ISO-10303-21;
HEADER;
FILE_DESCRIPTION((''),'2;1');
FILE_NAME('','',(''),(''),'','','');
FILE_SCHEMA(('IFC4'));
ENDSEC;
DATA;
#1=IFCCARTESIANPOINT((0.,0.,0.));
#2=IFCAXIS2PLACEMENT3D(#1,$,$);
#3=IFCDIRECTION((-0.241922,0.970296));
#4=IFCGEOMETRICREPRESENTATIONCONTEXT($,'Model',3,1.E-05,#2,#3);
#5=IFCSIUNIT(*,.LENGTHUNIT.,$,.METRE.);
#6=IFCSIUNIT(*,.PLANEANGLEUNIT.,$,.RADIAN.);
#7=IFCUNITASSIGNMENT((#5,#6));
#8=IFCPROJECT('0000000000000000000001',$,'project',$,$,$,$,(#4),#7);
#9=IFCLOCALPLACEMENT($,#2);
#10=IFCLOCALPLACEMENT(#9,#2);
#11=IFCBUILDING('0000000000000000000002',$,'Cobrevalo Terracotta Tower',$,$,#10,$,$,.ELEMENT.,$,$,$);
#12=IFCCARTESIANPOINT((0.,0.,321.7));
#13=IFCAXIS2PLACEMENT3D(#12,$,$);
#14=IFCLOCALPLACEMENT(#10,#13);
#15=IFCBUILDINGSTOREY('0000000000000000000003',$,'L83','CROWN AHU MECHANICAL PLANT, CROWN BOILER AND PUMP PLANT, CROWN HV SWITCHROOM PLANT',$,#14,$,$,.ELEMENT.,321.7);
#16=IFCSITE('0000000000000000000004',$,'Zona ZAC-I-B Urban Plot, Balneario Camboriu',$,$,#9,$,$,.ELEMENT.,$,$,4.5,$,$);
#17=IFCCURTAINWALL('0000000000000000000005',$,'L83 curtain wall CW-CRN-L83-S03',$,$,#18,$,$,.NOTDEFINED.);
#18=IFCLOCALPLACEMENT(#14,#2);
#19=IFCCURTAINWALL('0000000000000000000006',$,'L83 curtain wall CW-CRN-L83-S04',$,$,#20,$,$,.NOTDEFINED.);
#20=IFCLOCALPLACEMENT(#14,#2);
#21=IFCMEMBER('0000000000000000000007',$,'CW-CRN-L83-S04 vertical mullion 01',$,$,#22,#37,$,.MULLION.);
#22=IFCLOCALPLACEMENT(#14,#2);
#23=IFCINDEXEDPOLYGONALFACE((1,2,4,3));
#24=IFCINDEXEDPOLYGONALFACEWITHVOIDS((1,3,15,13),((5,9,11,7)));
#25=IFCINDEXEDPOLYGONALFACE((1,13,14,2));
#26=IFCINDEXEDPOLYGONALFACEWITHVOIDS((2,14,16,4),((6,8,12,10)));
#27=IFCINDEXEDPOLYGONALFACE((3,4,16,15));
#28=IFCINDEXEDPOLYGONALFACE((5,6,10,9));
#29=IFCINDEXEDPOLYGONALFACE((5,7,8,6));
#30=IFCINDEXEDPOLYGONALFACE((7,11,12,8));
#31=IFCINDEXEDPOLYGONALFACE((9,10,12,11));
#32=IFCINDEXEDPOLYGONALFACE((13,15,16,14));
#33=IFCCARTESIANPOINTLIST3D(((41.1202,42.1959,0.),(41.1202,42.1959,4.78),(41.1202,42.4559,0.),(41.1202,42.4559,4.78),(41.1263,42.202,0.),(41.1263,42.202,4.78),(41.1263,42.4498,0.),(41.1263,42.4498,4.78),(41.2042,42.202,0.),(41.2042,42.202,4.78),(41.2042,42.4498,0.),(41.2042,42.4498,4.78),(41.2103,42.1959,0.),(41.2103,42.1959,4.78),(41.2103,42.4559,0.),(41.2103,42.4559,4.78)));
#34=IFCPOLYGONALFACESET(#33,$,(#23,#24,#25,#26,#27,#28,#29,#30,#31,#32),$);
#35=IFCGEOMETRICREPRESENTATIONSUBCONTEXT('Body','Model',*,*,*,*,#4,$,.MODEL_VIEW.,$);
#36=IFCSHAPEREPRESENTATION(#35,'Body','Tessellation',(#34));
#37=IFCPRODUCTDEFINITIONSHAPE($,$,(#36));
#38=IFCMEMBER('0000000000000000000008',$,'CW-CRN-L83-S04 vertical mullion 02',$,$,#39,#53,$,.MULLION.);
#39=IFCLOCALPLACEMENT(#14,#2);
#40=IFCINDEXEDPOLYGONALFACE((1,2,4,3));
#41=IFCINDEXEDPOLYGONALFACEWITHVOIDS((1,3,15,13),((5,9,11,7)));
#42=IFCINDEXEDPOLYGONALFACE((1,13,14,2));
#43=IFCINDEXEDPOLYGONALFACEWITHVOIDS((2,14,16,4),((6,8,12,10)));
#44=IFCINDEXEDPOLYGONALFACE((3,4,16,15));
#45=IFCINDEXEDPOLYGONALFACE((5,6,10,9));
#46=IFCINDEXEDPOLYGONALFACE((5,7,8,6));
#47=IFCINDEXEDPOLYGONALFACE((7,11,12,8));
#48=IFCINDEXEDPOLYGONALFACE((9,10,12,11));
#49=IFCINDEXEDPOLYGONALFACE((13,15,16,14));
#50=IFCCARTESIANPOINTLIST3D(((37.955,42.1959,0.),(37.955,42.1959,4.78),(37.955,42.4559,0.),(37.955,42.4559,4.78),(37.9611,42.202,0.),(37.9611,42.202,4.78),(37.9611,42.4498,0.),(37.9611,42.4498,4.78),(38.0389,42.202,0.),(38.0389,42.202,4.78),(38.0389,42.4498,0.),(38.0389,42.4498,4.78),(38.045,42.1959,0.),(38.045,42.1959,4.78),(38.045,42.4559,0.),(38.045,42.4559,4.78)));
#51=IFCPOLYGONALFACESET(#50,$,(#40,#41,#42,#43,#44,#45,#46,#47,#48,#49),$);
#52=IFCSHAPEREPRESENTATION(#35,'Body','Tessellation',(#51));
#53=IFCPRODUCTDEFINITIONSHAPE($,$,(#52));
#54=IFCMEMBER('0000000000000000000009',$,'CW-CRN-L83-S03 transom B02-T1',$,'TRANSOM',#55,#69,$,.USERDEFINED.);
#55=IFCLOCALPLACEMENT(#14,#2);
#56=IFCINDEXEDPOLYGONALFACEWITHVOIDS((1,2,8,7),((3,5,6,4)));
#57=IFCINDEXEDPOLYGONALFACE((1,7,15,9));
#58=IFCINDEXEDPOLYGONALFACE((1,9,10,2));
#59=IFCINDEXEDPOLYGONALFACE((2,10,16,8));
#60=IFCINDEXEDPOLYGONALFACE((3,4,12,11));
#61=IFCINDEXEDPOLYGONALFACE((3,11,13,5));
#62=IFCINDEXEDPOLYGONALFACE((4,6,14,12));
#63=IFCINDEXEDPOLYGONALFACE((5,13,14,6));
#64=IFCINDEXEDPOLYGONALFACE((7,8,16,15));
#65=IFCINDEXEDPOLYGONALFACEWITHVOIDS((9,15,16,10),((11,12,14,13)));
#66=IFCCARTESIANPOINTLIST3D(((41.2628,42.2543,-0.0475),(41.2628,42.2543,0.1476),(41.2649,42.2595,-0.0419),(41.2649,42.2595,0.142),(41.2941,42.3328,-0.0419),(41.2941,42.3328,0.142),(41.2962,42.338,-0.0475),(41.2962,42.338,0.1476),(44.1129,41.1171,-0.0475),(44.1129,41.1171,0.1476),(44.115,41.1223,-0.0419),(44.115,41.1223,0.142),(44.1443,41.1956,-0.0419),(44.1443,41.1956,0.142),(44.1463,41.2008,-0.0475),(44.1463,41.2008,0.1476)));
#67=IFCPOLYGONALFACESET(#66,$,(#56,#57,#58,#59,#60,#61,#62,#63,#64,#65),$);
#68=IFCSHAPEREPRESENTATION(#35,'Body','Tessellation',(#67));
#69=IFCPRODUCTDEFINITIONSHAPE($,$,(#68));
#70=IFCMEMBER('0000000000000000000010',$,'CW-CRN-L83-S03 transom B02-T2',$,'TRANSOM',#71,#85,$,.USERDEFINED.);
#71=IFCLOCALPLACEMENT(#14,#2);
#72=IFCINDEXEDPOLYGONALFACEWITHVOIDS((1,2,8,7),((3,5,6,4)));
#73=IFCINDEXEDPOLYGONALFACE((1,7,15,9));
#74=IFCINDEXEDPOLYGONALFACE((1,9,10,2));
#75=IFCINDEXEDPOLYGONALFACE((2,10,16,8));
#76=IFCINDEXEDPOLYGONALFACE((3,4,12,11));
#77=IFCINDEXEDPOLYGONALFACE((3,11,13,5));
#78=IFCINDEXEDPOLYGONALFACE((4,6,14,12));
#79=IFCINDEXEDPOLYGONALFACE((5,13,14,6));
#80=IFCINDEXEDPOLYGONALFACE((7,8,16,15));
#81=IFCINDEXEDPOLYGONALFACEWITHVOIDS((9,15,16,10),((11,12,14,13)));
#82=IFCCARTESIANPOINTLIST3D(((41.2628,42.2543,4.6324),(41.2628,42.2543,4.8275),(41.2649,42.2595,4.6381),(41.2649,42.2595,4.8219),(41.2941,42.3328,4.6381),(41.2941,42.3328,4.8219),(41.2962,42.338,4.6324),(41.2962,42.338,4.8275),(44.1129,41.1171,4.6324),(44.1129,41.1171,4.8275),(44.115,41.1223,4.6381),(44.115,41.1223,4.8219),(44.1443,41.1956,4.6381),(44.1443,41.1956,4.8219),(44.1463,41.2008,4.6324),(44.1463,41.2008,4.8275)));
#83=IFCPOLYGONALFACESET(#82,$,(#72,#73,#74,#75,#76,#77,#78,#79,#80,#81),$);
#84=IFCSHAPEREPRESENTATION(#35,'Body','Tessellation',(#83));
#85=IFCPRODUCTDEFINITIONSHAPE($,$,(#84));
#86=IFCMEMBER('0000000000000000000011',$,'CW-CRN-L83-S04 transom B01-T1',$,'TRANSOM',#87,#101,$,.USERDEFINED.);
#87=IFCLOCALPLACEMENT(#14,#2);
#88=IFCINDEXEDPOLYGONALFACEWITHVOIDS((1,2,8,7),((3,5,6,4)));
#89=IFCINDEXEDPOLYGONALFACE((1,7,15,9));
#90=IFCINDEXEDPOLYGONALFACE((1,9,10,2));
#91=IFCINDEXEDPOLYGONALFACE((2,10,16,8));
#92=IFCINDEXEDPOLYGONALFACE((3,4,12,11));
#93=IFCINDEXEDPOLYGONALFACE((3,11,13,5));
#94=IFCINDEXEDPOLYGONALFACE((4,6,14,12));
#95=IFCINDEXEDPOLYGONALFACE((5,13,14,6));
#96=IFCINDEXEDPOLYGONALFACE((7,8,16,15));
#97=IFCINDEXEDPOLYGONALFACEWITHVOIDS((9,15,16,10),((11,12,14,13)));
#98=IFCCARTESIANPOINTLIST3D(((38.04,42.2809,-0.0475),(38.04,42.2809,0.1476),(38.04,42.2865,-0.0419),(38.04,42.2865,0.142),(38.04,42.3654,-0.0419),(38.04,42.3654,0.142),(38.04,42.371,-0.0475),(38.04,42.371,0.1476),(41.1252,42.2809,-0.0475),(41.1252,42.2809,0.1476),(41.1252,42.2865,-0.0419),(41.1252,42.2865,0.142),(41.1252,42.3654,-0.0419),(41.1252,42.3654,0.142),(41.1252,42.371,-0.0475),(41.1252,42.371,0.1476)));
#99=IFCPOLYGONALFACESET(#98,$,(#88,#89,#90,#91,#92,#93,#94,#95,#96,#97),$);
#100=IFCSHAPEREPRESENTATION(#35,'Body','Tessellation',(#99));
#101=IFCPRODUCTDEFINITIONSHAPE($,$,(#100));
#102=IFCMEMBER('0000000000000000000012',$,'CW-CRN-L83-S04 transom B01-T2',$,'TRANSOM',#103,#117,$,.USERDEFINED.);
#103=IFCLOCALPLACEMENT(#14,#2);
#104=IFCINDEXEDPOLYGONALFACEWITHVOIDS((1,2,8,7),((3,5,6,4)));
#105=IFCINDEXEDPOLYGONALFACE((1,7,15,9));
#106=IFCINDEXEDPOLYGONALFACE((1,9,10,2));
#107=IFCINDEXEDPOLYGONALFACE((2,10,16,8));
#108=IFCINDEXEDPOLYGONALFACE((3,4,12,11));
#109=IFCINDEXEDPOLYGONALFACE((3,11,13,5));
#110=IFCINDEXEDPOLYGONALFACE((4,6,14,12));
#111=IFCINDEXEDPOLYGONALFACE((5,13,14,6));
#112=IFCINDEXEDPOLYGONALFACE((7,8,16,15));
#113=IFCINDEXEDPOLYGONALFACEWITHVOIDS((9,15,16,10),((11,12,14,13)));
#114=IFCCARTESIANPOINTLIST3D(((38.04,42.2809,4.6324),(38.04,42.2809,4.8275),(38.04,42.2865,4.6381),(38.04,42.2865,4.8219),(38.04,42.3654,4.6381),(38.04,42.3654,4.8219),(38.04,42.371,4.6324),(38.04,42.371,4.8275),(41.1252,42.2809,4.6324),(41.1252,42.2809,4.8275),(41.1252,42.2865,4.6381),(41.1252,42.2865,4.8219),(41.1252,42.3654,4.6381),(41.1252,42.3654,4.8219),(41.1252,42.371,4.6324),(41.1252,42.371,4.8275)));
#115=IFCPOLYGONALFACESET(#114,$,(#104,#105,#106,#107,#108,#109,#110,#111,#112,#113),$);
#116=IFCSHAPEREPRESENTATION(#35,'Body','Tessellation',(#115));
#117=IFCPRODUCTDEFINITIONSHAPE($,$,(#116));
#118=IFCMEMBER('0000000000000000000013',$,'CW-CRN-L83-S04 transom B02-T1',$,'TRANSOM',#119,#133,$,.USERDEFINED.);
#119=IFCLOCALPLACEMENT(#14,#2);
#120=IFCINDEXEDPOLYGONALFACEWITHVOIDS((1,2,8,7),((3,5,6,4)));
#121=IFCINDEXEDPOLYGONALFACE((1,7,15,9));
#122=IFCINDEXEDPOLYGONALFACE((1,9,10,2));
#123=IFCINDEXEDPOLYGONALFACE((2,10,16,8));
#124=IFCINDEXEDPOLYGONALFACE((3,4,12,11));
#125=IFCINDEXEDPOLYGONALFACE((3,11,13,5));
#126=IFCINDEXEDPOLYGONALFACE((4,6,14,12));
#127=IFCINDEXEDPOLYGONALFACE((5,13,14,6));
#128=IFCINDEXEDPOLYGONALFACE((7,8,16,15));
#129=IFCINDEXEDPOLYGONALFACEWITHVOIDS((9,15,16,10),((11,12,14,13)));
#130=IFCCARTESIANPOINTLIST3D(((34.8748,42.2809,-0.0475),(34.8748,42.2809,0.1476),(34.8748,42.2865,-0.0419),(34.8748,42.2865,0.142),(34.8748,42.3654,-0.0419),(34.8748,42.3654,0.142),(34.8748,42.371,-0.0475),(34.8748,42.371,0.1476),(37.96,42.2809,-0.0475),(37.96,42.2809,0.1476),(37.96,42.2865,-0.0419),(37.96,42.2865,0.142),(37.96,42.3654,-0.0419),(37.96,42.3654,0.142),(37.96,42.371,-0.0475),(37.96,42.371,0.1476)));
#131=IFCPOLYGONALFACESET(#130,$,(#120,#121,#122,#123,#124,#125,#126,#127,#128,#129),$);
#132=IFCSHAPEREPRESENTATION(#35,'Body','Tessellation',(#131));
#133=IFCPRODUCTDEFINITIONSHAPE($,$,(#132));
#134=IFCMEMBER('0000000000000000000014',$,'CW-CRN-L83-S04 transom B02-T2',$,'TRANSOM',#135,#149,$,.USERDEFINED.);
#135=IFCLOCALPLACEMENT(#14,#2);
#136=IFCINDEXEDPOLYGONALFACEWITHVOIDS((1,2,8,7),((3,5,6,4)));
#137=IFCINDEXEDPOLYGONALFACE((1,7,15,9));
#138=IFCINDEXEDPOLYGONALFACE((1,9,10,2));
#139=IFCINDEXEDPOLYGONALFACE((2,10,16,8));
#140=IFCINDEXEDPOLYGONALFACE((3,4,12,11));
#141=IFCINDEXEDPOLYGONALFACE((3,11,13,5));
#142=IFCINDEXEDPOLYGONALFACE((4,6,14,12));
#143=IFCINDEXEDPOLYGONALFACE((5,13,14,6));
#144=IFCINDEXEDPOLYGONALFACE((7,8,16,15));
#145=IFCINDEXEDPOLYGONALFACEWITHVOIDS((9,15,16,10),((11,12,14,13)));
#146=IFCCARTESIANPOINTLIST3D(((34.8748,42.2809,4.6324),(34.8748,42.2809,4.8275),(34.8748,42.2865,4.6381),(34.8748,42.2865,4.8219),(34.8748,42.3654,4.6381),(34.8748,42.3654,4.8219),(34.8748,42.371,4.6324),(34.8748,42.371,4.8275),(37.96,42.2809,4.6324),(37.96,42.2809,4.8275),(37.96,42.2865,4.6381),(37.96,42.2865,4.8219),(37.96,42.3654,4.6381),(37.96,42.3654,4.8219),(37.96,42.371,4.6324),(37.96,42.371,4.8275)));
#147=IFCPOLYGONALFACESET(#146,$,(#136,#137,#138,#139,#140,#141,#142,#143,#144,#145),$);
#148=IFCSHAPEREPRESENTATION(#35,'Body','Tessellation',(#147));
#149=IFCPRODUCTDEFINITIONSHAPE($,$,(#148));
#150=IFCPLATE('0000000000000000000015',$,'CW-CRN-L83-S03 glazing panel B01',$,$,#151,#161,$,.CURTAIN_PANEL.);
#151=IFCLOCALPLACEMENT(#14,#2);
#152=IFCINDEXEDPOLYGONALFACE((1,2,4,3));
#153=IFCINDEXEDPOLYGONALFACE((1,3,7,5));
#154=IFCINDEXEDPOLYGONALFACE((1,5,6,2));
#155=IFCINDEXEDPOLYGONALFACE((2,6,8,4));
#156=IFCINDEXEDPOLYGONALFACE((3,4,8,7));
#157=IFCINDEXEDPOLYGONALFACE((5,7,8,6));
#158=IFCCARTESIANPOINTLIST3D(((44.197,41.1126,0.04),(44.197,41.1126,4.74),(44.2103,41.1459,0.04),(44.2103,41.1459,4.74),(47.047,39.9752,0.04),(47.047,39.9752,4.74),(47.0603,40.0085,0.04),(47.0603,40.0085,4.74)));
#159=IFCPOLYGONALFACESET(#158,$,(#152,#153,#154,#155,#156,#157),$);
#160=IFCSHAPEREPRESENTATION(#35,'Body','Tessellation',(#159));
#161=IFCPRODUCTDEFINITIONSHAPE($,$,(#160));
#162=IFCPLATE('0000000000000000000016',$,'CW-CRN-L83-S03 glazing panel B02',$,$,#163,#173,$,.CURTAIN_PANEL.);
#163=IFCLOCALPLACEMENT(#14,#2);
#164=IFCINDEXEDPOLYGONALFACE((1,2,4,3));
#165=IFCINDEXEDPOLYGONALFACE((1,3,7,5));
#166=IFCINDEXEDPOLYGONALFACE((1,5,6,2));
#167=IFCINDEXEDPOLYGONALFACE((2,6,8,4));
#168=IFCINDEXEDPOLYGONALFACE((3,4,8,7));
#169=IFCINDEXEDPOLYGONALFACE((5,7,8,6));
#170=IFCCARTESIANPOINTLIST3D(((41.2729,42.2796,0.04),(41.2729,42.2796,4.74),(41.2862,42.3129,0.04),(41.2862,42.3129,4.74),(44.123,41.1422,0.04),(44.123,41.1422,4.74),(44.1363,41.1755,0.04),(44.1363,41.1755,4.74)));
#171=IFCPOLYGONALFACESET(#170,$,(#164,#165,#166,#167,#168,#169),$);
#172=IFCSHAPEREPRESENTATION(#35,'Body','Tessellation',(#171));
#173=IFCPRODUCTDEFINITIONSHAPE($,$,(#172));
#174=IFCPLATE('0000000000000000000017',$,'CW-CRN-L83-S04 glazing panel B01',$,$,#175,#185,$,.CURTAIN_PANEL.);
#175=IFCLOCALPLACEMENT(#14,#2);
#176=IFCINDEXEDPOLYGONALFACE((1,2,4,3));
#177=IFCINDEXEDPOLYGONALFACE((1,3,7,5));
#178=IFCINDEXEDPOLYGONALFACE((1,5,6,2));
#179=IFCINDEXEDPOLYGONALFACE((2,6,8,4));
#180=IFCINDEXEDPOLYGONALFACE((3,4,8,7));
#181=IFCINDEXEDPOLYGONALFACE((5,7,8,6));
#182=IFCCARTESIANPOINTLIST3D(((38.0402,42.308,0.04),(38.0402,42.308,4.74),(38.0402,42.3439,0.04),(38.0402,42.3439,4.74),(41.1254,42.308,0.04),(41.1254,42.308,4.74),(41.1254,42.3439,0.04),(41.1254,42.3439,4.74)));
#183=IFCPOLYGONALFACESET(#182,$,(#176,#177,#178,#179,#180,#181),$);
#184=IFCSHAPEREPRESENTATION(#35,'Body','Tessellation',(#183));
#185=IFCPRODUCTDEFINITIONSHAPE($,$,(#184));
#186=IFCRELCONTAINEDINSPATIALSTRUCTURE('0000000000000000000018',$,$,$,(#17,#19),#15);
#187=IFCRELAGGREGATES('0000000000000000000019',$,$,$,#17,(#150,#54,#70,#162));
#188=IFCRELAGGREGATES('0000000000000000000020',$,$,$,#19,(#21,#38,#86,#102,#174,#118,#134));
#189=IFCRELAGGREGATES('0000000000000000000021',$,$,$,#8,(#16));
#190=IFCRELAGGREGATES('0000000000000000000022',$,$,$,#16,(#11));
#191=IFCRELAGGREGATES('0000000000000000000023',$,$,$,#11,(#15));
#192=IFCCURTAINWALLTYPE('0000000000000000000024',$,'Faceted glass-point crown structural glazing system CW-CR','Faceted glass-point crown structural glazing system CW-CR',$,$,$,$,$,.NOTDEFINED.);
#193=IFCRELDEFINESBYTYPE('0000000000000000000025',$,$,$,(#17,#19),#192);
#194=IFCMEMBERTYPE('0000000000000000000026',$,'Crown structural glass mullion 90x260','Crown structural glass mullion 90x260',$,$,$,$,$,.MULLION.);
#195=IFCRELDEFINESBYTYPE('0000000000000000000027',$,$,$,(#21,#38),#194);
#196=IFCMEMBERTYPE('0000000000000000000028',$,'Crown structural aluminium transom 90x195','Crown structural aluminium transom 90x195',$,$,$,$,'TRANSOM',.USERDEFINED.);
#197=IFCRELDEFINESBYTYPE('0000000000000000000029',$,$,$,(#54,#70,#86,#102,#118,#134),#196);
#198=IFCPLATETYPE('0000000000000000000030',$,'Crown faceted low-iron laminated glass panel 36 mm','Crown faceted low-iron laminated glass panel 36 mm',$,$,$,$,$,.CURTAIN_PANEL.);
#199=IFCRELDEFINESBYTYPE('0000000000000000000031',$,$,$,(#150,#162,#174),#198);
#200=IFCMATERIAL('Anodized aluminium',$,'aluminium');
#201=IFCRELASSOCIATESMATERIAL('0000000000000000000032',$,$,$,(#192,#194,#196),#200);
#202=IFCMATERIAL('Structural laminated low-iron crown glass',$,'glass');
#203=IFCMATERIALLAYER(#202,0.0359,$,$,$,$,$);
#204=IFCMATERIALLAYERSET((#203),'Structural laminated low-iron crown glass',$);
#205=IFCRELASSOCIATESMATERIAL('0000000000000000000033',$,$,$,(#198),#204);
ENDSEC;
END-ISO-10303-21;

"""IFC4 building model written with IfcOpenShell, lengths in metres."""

from ifc_helpers import new_model, si_unit, direction, frame, origin, origin_2d, place, context, subcontext, project, spatial, rectangle, hollow_rectangle, extrude, source, transform, mapped, material, layer, layer_set, material_profile, profile_set, type_object, element, aggregate, save


model = new_model("IFC4")

# Units and contexts
model_context = context("Model", 3, precision=1e-05, world=origin(), true_north=direction((-0.241922, 0.970296)))
body_context = subcontext(model_context, "Body", "Model", "MODEL_VIEW")
ifc_project = project(units=[si_unit("LENGTHUNIT", "METRE"), si_unit("PLANEANGLEUNIT", "RADIAN")], contexts=[model_context])

# Site, building, storey
site_placement = place(None, origin())
site = spatial("IfcSite", under=ifc_project, at=site_placement, Name="Zona ZAC-I-B Urban Plot, Balneario Camboriu", CompositionType="ELEMENT", RefElevation=4.5)
building_placement = place(site_placement, origin())
building = spatial("IfcBuilding", under=site, at=building_placement, Name="Cobrevalo Terracotta Tower", CompositionType="ELEMENT")
storey_placement = place(building_placement, frame((0.0, 0.0, 321.7)))
storey = spatial("IfcBuildingStorey", under=building, at=storey_placement, Name="L83", Description="CROWN AHU MECHANICAL PLANT, CROWN BOILER AND PUMP PLANT, CROWN HV SWITCHROOM PLANT", CompositionType="ELEMENT", Elevation=321.7)

# Curtain walls, members
ifc_material_1 = material(Name="Anodized aluminium", Category="aluminium")
curtain_wall_type = type_object("IfcCurtainWallType", Name="Faceted glass-point crown structural glazing system CW-CR", Description="Faceted glass-point crown structural glazing system CW-CR", PredefinedType="NOTDEFINED", material=ifc_material_1)
curtain_wall_1_placement = place(storey_placement, origin())
curtain_wall_1 = element("IfcCurtainWall", 1, at=curtain_wall_1_placement, inside=storey, type_object=curtain_wall_type, Name="L83 curtain wall CW-CRN-L83-S03", PredefinedType="NOTDEFINED")
ifc_material_profile_1 = material_profile(ifc_material_1, hollow_rectangle(XDim=0.0901, YDim=0.26, WallThickness=0.0061, at=origin_2d()), Name="CWM 90x260")
ifc_profile_set_1 = profile_set([ifc_material_profile_1], Name="Anodized aluminium")
member_type_1 = type_object("IfcMemberType", Name="Crown structural glass mullion 90x260", Description="Crown structural glass mullion 90x260", PredefinedType="MULLION", material=ifc_profile_set_1)
shared_shape_1 = source(origin(), body_context, "Body", "SweptSolid", [
    extrude(hollow_rectangle(XDim=0.0901, YDim=0.26, WallThickness=0.0061, at=origin_2d()), origin(), (0.0, 0.0, 1.0), 4.78),
])
curtain_wall_2_placement = place(storey_placement, origin())
curtain_wall_2 = element("IfcCurtainWall", 2, at=curtain_wall_2_placement, inside=storey, type_object=curtain_wall_type, Name="L83 curtain wall CW-CRN-L83-S04", PredefinedType="NOTDEFINED")
member_1_placement = place(storey_placement, frame((41.1653, 42.3259, 0.0), z_axis=(0.0, 0.0, 1.0), x_axis=(-1.0, 0.0, 0.0)))
member_1 = element("IfcMember", 3, at=member_1_placement, type_object=member_type_1, Name="CW-CRN-L83-S04 vertical mullion 01", PredefinedType="MULLION", context=body_context, shape_type="MappedRepresentation", body=[
    mapped(shared_shape_1, transform((0.0, 0.0, 0.0), scale=1.0)),
])
member_2_placement = place(storey_placement, frame((38.0, 42.3259, 0.0), z_axis=(0.0, 0.0, 1.0), x_axis=(-1.0, 0.0, 0.0)))
member_2 = element("IfcMember", 4, at=member_2_placement, type_object=member_type_1, Name="CW-CRN-L83-S04 vertical mullion 02", PredefinedType="MULLION", context=body_context, shape_type="MappedRepresentation", body=[
    mapped(shared_shape_1, transform((0.0, 0.0, 0.0), scale=1.0)),
])

# Members
ifc_material_profile_2 = material_profile(ifc_material_1, hollow_rectangle(XDim=0.0901, YDim=0.1951, WallThickness=0.0056, at=origin_2d()), Name="CWT 90x195")
ifc_profile_set_2 = profile_set([ifc_material_profile_2], Name="Anodized aluminium")
member_type_2 = type_object("IfcMemberType", Name="Crown structural aluminium transom 90x195", Description="Crown structural aluminium transom 90x195", ElementType="TRANSOM", PredefinedType="USERDEFINED", material=ifc_profile_set_2)
shared_shape_2 = source(origin(), body_context, "Body", "SweptSolid", [
    extrude(hollow_rectangle(XDim=0.0901, YDim=0.1951, WallThickness=0.0056, at=origin_2d()), origin(), (0.0, 0.0, 1.0), 3.0686),
])
member_3_placement = place(storey_placement, frame((44.1296, 41.1589, 0.05), z_axis=(-0.928795, 0.370595, 0.0), x_axis=(-0.370595, -0.928795, 0.0)))
member_3 = element("IfcMember", 5, at=member_3_placement, type_object=member_type_2, Name="CW-CRN-L83-S03 transom B02-T1", ObjectType="TRANSOM", PredefinedType="USERDEFINED", context=body_context, shape_type="MappedRepresentation", body=[
    mapped(shared_shape_2, transform((0.0, 0.0, 0.0), scale=1.0)),
])
member_4_placement = place(storey_placement, frame((44.1296, 41.1589, 4.73), z_axis=(-0.928795, 0.370595, 0.0), x_axis=(-0.370595, -0.928795, 0.0)))
member_4 = element("IfcMember", 6, at=member_4_placement, type_object=member_type_2, Name="CW-CRN-L83-S03 transom B02-T2", ObjectType="TRANSOM", PredefinedType="USERDEFINED", context=body_context, shape_type="MappedRepresentation", body=[
    mapped(shared_shape_2, transform((0.0, 0.0, 0.0), scale=1.0)),
])
shared_shape_3 = source(origin(), body_context, "Body", "SweptSolid", [
    extrude(hollow_rectangle(XDim=0.0901, YDim=0.1951, WallThickness=0.0056, at=origin_2d()), origin(), (0.0, 0.0, 1.0), 3.0852),
])
member_5_placement = place(storey_placement, frame((41.1252, 42.3259, 0.05), z_axis=(-1.0, 0.0, 0.0), x_axis=(0.0, -1.0, 0.0)))
member_5 = element("IfcMember", 7, at=member_5_placement, type_object=member_type_2, Name="CW-CRN-L83-S04 transom B01-T1", ObjectType="TRANSOM", PredefinedType="USERDEFINED", context=body_context, shape_type="MappedRepresentation", body=[
    mapped(shared_shape_3, transform((0.0, 0.0, 0.0), scale=1.0)),
])
member_6_placement = place(storey_placement, frame((41.1252, 42.3259, 4.73), z_axis=(-1.0, 0.0, 0.0), x_axis=(0.0, -1.0, 0.0)))
member_6 = element("IfcMember", 8, at=member_6_placement, type_object=member_type_2, Name="CW-CRN-L83-S04 transom B01-T2", ObjectType="TRANSOM", PredefinedType="USERDEFINED", context=body_context, shape_type="MappedRepresentation", body=[
    mapped(shared_shape_3, transform((0.0, 0.0, 0.0), scale=1.0)),
])
member_7_placement = place(storey_placement, frame((37.96, 42.3259, 0.05), z_axis=(-1.0, 0.0, 0.0), x_axis=(0.0, -1.0, 0.0)))
member_7 = element("IfcMember", 9, at=member_7_placement, type_object=member_type_2, Name="CW-CRN-L83-S04 transom B02-T1", ObjectType="TRANSOM", PredefinedType="USERDEFINED", context=body_context, shape_type="MappedRepresentation", body=[
    mapped(shared_shape_3, transform((0.0, 0.0, 0.0), scale=1.0)),
])
member_8_placement = place(storey_placement, frame((37.96, 42.3259, 4.73), z_axis=(-1.0, 0.0, 0.0), x_axis=(0.0, -1.0, 0.0)))
member_8 = element("IfcMember", 10, at=member_8_placement, type_object=member_type_2, Name="CW-CRN-L83-S04 transom B02-T2", ObjectType="TRANSOM", PredefinedType="USERDEFINED", context=body_context, shape_type="MappedRepresentation", body=[
    mapped(shared_shape_3, transform((0.0, 0.0, 0.0), scale=1.0)),
])

# Plates
ifc_material_2 = material(Name="Structural laminated low-iron crown glass", Category="glass")
ifc_layer_1 = layer(ifc_material_2, 0.0359)
ifc_layer_set_1 = layer_set([ifc_layer_1], Name="Structural laminated low-iron crown glass")
plate_type = type_object("IfcPlateType", Name="Crown faceted low-iron laminated glass panel 36 mm", Description="Crown faceted low-iron laminated glass panel 36 mm", PredefinedType="CURTAIN_PANEL", material=ifc_layer_set_1)
shared_shape_4 = source(origin(), body_context, "Body", "SweptSolid", [
    extrude(rectangle(XDim=3.0686, YDim=0.0359, at=origin_2d()), origin(), (0.0, 0.0, 1.0), 4.7),
])
plate_1_placement = place(storey_placement, frame((45.6287, 40.5605, 0.04), z_axis=(0.0, 0.0, 1.0), x_axis=(-0.928769, 0.37066, 0.0)))
plate_1 = element("IfcPlate", 11, at=plate_1_placement, type_object=plate_type, Name="CW-CRN-L83-S03 glazing panel B01", PredefinedType="CURTAIN_PANEL", context=body_context, shape_type="MappedRepresentation", body=[
    mapped(shared_shape_4, transform((0.0, 0.0, 0.0), scale=1.0)),
])
plate_2_placement = place(storey_placement, frame((42.7046, 41.7275, 0.04), z_axis=(0.0, 0.0, 1.0), x_axis=(-0.928769, 0.37066, 0.0)))
plate_2 = element("IfcPlate", 12, at=plate_2_placement, type_object=plate_type, Name="CW-CRN-L83-S03 glazing panel B02", PredefinedType="CURTAIN_PANEL", context=body_context, shape_type="MappedRepresentation", body=[
    mapped(shared_shape_4, transform((0.0, 0.0, 0.0), scale=1.0)),
])
aggregate(curtain_wall_1, [plate_1, member_3, member_4, plate_2])
shared_shape_5 = source(origin(), body_context, "Body", "SweptSolid", [
    extrude(rectangle(XDim=3.0852, YDim=0.0359, at=origin_2d()), origin(), (0.0, 0.0, 1.0), 4.7),
])
plate_3_placement = place(storey_placement, frame((39.5828, 42.3259, 0.04), z_axis=(0.0, 0.0, 1.0), x_axis=(-1.0, 0.0, 0.0)))
plate_3 = element("IfcPlate", 13, at=plate_3_placement, type_object=plate_type, Name="CW-CRN-L83-S04 glazing panel B01", PredefinedType="CURTAIN_PANEL", context=body_context, shape_type="MappedRepresentation", body=[
    mapped(shared_shape_5, transform((0.0, 0.0, 0.0), scale=1.0)),
])
aggregate(curtain_wall_2, [member_1, member_2, member_5, member_6, plate_3, member_7, member_8])

save(model, "model.ifc")
